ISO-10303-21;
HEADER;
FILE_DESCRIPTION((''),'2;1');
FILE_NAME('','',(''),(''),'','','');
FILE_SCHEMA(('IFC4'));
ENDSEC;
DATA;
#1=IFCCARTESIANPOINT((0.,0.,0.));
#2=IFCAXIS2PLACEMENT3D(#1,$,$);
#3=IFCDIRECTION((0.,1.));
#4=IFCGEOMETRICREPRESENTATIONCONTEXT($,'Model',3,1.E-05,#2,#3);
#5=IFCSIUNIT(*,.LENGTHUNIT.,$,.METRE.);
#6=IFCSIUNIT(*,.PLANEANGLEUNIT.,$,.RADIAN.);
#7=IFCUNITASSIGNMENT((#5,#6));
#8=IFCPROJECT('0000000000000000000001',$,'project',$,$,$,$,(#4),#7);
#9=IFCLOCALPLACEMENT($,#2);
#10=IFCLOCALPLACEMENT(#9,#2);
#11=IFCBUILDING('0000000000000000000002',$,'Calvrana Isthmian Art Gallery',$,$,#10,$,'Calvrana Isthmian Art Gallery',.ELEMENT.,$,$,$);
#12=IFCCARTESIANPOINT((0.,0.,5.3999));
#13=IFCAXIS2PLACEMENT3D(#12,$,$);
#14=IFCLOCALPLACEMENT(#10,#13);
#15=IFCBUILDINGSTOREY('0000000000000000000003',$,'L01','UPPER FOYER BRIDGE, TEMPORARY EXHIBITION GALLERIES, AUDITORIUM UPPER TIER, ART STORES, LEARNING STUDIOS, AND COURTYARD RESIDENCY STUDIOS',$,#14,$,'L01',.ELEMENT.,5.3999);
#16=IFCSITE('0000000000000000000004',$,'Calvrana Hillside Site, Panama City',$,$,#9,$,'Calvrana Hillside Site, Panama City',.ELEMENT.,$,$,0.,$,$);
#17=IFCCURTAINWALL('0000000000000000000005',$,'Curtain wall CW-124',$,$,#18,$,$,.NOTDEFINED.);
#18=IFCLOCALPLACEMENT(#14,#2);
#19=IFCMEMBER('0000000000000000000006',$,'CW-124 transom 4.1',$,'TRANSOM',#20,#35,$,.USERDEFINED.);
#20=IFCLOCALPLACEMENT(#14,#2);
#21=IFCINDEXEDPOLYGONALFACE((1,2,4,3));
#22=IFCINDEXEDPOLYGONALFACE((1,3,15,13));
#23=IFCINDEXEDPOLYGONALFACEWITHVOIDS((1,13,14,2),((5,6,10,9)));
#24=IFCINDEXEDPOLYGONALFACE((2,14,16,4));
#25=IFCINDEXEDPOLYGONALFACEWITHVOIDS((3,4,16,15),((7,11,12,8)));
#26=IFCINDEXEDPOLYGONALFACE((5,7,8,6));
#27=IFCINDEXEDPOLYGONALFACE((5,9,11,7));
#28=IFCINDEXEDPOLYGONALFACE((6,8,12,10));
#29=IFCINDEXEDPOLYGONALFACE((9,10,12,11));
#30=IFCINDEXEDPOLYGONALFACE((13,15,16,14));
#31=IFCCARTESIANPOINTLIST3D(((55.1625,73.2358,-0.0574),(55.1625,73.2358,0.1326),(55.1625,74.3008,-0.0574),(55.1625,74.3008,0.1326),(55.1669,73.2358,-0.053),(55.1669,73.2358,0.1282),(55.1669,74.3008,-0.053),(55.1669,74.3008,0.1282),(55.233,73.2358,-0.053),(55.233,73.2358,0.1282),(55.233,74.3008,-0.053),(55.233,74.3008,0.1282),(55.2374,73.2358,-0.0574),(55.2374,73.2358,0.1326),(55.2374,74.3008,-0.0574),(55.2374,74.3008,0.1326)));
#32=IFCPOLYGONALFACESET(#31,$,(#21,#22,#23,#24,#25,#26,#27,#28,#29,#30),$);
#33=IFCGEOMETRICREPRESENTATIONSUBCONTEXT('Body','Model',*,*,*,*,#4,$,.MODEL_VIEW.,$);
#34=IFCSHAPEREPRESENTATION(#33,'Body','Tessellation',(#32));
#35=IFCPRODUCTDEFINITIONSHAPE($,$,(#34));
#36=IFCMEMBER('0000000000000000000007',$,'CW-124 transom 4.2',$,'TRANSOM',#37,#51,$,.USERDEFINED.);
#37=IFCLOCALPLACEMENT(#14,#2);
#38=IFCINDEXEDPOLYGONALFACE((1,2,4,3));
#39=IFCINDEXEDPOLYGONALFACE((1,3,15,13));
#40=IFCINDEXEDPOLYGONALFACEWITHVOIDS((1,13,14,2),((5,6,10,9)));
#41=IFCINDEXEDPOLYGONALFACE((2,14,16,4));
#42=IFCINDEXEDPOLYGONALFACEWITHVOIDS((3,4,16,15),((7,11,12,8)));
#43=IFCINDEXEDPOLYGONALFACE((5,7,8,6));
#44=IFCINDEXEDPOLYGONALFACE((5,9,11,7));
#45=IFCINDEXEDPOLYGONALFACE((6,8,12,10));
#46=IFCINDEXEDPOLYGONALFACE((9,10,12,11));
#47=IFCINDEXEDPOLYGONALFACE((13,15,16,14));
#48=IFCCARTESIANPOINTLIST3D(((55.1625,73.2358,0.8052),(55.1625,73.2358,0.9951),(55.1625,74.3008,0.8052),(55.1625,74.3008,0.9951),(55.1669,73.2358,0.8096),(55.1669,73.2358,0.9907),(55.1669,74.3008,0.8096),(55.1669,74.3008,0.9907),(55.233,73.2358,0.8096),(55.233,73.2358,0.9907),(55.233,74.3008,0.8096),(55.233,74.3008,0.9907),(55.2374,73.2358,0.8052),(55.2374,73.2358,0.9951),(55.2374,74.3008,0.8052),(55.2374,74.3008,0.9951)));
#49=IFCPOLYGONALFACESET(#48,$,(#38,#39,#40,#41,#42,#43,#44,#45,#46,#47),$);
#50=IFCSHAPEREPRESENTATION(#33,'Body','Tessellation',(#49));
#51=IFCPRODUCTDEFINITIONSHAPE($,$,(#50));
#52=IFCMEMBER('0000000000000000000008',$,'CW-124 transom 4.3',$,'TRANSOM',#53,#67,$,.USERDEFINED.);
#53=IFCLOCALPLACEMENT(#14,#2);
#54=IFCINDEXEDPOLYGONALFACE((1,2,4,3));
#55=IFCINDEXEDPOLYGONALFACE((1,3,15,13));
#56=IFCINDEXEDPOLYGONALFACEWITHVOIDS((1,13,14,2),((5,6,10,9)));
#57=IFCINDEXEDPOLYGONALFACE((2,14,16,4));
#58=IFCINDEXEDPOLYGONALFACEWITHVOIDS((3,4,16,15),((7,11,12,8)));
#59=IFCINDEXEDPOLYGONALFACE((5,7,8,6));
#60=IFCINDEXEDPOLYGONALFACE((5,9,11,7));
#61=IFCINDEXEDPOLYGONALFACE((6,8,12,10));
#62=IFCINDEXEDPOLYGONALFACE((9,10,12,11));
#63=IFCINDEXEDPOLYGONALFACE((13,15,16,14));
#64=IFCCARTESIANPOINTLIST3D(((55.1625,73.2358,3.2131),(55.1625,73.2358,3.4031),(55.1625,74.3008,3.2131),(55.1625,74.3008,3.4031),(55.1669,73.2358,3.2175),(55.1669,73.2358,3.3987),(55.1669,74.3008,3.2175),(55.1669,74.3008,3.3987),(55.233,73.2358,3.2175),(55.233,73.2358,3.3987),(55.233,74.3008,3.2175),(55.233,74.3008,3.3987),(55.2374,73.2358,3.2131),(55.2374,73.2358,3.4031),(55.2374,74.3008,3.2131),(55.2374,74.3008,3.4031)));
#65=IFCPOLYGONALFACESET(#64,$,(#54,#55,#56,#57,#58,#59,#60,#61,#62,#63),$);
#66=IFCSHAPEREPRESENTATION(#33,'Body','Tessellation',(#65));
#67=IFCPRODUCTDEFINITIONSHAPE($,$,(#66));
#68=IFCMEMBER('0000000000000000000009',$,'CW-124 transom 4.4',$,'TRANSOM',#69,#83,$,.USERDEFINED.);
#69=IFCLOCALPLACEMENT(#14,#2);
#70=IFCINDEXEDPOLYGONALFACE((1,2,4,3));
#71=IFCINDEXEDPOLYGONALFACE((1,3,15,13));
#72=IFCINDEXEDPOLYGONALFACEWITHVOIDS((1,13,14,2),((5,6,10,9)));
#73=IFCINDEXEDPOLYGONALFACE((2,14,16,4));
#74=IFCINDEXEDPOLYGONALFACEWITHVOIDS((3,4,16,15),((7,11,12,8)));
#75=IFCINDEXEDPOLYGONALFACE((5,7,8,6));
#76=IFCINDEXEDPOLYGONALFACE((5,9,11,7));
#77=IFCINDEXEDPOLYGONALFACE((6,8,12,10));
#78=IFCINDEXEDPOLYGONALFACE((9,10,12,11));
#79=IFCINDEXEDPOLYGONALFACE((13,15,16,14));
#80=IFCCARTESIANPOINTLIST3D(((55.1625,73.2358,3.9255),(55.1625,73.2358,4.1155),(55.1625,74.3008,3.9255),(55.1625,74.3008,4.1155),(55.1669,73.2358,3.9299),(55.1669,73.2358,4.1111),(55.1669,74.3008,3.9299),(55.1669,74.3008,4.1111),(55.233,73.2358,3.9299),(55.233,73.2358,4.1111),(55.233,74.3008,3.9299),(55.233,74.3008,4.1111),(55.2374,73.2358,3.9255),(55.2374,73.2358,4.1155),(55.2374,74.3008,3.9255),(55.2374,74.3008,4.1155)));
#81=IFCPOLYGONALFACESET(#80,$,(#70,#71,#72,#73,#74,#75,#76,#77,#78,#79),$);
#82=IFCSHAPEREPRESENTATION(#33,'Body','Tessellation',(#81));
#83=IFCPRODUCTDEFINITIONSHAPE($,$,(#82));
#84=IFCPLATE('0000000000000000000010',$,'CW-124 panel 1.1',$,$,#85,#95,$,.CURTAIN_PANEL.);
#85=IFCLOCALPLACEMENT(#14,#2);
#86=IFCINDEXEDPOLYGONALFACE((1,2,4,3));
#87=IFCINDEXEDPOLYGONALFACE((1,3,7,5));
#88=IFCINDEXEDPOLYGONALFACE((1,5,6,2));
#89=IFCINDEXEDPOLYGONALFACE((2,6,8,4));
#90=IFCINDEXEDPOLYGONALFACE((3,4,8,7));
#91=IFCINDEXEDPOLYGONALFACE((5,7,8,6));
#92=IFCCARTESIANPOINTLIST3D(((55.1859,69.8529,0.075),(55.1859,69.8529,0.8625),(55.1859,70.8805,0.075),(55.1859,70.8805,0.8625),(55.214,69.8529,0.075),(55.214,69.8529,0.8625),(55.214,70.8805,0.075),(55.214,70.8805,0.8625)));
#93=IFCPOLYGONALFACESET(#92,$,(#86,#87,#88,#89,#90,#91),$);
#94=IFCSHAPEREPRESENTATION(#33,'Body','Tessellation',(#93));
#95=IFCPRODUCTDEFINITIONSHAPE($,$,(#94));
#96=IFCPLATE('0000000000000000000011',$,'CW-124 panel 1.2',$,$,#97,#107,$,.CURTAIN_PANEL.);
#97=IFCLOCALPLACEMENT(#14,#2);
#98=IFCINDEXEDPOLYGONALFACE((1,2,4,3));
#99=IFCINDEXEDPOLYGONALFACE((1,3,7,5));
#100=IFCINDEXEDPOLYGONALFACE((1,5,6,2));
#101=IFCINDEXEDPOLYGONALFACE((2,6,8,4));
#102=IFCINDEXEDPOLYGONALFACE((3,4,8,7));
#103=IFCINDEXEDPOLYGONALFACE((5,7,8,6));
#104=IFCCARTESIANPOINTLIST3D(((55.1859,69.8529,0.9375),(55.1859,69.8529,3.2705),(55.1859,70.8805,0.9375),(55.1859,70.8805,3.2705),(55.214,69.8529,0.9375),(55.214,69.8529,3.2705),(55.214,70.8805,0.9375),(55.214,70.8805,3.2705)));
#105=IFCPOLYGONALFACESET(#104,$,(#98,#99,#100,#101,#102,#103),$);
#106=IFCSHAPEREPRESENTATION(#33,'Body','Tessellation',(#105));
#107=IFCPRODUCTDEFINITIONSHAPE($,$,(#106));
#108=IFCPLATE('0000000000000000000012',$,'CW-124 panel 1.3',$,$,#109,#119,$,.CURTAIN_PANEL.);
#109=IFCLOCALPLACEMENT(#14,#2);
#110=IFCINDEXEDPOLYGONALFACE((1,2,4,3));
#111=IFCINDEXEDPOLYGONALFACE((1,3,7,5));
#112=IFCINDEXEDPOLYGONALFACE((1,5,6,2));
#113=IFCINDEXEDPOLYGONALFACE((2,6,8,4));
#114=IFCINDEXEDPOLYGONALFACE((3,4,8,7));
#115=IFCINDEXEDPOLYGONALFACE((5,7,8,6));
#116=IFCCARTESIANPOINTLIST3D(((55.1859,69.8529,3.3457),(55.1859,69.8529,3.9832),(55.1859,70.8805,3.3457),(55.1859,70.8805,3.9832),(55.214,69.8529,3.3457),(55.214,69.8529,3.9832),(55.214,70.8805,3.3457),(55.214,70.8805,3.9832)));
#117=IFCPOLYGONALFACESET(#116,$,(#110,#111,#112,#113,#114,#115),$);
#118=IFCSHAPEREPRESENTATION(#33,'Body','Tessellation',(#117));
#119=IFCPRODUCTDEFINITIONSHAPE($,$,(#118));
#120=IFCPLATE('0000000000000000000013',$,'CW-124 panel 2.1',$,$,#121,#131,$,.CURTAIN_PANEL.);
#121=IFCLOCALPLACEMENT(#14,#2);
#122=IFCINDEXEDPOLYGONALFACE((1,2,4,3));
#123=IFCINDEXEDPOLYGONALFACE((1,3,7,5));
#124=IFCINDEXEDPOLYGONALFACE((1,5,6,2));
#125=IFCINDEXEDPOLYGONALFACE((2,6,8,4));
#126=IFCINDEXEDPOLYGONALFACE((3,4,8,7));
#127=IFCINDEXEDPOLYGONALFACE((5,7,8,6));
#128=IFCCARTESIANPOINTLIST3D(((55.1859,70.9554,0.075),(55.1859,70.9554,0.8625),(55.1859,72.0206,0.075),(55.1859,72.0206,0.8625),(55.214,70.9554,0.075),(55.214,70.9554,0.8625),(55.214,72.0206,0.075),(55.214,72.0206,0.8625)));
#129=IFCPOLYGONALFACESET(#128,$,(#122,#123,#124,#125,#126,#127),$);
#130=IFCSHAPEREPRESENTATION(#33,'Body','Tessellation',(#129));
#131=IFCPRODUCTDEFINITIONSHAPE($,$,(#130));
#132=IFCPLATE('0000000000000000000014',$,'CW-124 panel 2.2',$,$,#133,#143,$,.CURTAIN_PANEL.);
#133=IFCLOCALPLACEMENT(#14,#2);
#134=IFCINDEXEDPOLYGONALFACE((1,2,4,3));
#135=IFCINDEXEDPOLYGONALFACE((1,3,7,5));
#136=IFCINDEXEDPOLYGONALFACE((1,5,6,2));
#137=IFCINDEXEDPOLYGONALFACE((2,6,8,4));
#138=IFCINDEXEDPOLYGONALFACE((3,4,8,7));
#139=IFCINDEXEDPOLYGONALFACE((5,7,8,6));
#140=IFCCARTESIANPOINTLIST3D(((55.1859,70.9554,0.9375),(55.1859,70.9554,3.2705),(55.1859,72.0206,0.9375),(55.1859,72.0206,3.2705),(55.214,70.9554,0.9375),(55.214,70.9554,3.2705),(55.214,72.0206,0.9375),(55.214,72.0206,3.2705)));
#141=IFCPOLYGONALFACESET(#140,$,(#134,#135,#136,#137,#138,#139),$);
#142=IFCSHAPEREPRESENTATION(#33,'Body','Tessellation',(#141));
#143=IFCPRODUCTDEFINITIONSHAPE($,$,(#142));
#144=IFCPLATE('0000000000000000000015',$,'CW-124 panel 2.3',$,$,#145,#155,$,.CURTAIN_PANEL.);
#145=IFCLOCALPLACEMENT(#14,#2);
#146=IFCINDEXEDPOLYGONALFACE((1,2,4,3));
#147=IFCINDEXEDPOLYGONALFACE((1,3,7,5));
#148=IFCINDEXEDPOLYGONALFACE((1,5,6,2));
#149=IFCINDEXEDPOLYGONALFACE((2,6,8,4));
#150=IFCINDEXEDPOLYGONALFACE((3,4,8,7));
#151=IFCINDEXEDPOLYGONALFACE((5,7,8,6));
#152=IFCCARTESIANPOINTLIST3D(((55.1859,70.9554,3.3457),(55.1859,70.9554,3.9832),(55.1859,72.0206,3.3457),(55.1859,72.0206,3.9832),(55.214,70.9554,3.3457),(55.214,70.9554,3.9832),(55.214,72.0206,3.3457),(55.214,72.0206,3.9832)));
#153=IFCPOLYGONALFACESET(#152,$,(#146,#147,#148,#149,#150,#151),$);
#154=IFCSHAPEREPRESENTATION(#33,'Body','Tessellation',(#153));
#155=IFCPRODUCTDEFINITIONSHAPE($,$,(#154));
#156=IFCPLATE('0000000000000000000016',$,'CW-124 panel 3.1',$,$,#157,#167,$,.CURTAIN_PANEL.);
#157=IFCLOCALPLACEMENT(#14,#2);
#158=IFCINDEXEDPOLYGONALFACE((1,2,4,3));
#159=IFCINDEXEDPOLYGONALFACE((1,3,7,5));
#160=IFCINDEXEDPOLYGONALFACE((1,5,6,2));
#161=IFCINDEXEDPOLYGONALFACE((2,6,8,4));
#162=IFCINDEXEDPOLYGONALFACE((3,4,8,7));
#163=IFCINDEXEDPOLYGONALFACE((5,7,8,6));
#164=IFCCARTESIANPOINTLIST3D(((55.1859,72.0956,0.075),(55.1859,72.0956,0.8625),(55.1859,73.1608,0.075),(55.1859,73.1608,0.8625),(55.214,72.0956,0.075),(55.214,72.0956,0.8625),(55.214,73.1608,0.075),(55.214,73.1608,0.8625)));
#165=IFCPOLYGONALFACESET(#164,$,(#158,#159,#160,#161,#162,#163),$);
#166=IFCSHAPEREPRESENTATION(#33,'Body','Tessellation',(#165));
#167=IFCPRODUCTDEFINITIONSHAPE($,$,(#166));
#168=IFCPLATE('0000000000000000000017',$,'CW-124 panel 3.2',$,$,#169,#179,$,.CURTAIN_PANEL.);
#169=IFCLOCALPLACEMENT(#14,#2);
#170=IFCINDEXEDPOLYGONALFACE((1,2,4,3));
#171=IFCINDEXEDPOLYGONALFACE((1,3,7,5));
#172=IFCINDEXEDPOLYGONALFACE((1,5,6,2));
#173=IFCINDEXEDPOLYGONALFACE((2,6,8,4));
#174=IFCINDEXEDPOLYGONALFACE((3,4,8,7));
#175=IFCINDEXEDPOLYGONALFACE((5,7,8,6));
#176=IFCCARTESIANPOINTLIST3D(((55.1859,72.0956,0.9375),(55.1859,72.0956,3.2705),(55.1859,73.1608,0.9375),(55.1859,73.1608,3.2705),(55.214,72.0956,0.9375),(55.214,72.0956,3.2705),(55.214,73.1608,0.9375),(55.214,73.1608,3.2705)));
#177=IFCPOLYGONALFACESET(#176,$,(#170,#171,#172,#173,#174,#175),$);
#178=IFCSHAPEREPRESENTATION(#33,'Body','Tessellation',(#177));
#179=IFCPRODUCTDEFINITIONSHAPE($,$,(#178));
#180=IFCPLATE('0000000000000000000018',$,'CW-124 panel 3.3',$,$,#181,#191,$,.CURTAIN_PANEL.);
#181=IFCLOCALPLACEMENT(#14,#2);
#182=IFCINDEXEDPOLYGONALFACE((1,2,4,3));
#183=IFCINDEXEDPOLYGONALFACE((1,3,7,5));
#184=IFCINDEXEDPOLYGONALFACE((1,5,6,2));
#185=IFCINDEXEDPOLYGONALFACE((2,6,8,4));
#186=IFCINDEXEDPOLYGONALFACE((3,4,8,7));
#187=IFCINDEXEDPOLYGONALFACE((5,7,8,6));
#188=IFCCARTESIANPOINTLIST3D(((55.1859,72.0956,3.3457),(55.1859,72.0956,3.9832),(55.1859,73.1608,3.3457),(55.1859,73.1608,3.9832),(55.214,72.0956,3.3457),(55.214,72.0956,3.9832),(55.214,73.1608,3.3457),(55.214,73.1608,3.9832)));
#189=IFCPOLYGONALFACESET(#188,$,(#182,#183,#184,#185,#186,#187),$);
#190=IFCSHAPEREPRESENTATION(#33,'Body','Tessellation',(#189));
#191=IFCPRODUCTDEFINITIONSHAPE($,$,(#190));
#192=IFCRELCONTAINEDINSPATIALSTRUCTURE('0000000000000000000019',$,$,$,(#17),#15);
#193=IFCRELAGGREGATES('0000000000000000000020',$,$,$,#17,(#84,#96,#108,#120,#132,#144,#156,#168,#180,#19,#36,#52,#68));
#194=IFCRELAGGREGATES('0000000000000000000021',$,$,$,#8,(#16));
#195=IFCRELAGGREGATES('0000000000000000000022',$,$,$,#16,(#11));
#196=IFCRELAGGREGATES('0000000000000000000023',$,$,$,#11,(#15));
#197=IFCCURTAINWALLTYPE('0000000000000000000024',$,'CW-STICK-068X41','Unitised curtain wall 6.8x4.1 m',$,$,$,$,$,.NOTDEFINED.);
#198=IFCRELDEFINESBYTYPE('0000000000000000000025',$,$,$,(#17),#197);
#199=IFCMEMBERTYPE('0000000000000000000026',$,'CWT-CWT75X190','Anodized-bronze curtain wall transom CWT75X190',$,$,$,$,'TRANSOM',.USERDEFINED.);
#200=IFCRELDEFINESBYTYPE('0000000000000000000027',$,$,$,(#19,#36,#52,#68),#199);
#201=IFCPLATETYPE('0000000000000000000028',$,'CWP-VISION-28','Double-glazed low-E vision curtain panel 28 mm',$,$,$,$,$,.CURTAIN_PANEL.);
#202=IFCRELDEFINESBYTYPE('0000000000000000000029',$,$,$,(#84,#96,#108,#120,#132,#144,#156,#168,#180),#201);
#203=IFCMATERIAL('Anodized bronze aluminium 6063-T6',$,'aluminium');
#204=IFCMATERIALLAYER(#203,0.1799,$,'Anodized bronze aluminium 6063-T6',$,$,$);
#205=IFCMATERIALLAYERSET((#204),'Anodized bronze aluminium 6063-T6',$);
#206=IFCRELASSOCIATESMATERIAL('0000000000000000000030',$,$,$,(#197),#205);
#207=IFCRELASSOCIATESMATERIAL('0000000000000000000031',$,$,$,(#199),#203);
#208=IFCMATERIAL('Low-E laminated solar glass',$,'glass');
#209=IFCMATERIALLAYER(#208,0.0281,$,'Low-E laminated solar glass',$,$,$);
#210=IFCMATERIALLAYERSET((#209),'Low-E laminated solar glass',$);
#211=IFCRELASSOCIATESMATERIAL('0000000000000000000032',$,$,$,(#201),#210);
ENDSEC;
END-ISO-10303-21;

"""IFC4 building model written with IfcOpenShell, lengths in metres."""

from ifc_helpers import new_model, si_unit, direction, frame, origin, origin_2d, place, context, subcontext, project, spatial, rectangle, hollow_rectangle, extrude, material, layer, layer_set, material_profile, profile_set, type_object, element, aggregate, save


model = new_model("IFC4")

# Units and contexts
model_context = context("Model", 3, precision=1e-05, world=origin(), true_north=direction((0.0, 1.0)))
body_context = subcontext(model_context, "Body", "Model", "MODEL_VIEW")
ifc_project = project(units=[si_unit("LENGTHUNIT", "METRE"), si_unit("PLANEANGLEUNIT", "RADIAN")], contexts=[model_context])

# Site, building, storey
site_placement = place(None, origin())
site = spatial("IfcSite", under=ifc_project, at=site_placement, Name="Calvrana Hillside Site, Panama City", LongName="Calvrana Hillside Site, Panama City", CompositionType="ELEMENT", RefElevation=0.0)
building_placement = place(site_placement, origin())
building = spatial("IfcBuilding", under=site, at=building_placement, Name="Calvrana Isthmian Art Gallery", LongName="Calvrana Isthmian Art Gallery", CompositionType="ELEMENT")
storey_placement = place(building_placement, frame((0.0, 0.0, 5.3999)))
storey = spatial("IfcBuildingStorey", under=building, at=storey_placement, Name="L01", Description="UPPER FOYER BRIDGE, TEMPORARY EXHIBITION GALLERIES, AUDITORIUM UPPER TIER, ART STORES, LEARNING STUDIOS, AND COURTYARD RESIDENCY STUDIOS", LongName="L01", CompositionType="ELEMENT", Elevation=5.3999)

# Curtain wall, members, plates
ifc_material_1 = material(Name="Anodized bronze aluminium 6063-T6", Category="aluminium")
ifc_layer_1 = layer(ifc_material_1, 0.1799, Name="Anodized bronze aluminium 6063-T6")
ifc_layer_set_1 = layer_set([ifc_layer_1], Name="Anodized bronze aluminium 6063-T6")
curtain_wall_type = type_object("IfcCurtainWallType", Name="CW-STICK-068X41", Description="Unitised curtain wall 6.8x4.1 m", PredefinedType="NOTDEFINED", material=ifc_layer_set_1)
curtain_wall_placement = place(storey_placement, origin())
curtain_wall = element("IfcCurtainWall", 1, at=curtain_wall_placement, inside=storey, type_object=curtain_wall_type, Name="Curtain wall CW-124", PredefinedType="NOTDEFINED")
ifc_material_profile_1 = material_profile(ifc_material_1, hollow_rectangle(XDim=0.075, YDim=0.1899, WallThickness=0.0044, at=origin_2d()), Name="CWT75X190")
ifc_profile_set_1 = profile_set([ifc_material_profile_1], Name="Anodized bronze aluminium 6063-T6")
member_type_1 = type_object("IfcMemberType", Name="CWT-CWT75X190", Description="Anodized-bronze curtain wall transom CWT75X190", ElementType="TRANSOM", PredefinedType="USERDEFINED", material=ifc_profile_set_1)
member_1_placement = place(storey_placement, frame((55.2, 73.2358, 0.0376), z_axis=(0.0, 1.0, 0.0), x_axis=(-1.0, 0.0, 0.0)))
member_1 = element("IfcMember", 2, at=member_1_placement, type_object=member_type_1, Name="CW-124 transom 4.1", ObjectType="TRANSOM", PredefinedType="USERDEFINED", context=body_context, shape_type="SweptSolid", body=[
    extrude(hollow_rectangle(XDim=0.075, YDim=0.1899, WallThickness=0.0044, at=origin_2d()), origin(), (0.0, 0.0, 1.0), 1.0649),
])
member_2_placement = place(storey_placement, frame((55.2, 73.2358, 0.9001), z_axis=(0.0, 1.0, 0.0), x_axis=(-1.0, 0.0, 0.0)))
member_2 = element("IfcMember", 3, at=member_2_placement, type_object=member_type_1, Name="CW-124 transom 4.2", ObjectType="TRANSOM", PredefinedType="USERDEFINED", context=body_context, shape_type="SweptSolid", body=[
    extrude(hollow_rectangle(XDim=0.075, YDim=0.1899, WallThickness=0.0044, at=origin_2d()), origin(), (0.0, 0.0, 1.0), 1.0649),
])
member_3_placement = place(storey_placement, frame((55.2, 73.2358, 3.3081), z_axis=(0.0, 1.0, 0.0), x_axis=(-1.0, 0.0, 0.0)))
member_3 = element("IfcMember", 4, at=member_3_placement, type_object=member_type_1, Name="CW-124 transom 4.3", ObjectType="TRANSOM", PredefinedType="USERDEFINED", context=body_context, shape_type="SweptSolid", body=[
    extrude(hollow_rectangle(XDim=0.075, YDim=0.1899, WallThickness=0.0044, at=origin_2d()), origin(), (0.0, 0.0, 1.0), 1.0649),
])
member_4_placement = place(storey_placement, frame((55.2, 73.2358, 4.0205), z_axis=(0.0, 1.0, 0.0), x_axis=(-1.0, 0.0, 0.0)))
member_4 = element("IfcMember", 5, at=member_4_placement, type_object=member_type_1, Name="CW-124 transom 4.4", ObjectType="TRANSOM", PredefinedType="USERDEFINED", context=body_context, shape_type="SweptSolid", body=[
    extrude(hollow_rectangle(XDim=0.075, YDim=0.1899, WallThickness=0.0044, at=origin_2d()), origin(), (0.0, 0.0, 1.0), 1.0649),
])
ifc_material_2 = material(Name="Low-E laminated solar glass", Category="glass")
ifc_layer_2 = layer(ifc_material_2, 0.0281, Name="Low-E laminated solar glass")
ifc_layer_set_2 = layer_set([ifc_layer_2], Name="Low-E laminated solar glass")
plate_type = type_object("IfcPlateType", Name="CWP-VISION-28", Description="Double-glazed low-E vision curtain panel 28 mm", PredefinedType="CURTAIN_PANEL", material=ifc_layer_set_2)
plate_1_placement = place(storey_placement, frame((55.2, 70.3667, 0.075), z_axis=(0.0, 0.0, 1.0), x_axis=(0.0, 1.0, 0.0)))
plate_1 = element("IfcPlate", 6, at=plate_1_placement, type_object=plate_type, Name="CW-124 panel 1.1", PredefinedType="CURTAIN_PANEL", context=body_context, shape_type="SweptSolid", body=[
    extrude(rectangle(XDim=1.0276, YDim=0.0281, at=origin_2d()), origin(), (0.0, 0.0, 1.0), 0.7876),
])
plate_2_placement = place(storey_placement, frame((55.2, 70.3667, 0.9375), z_axis=(0.0, 0.0, 1.0), x_axis=(0.0, 1.0, 0.0)))
plate_2 = element("IfcPlate", 7, at=plate_2_placement, type_object=plate_type, Name="CW-124 panel 1.2", PredefinedType="CURTAIN_PANEL", context=body_context, shape_type="SweptSolid", body=[
    extrude(rectangle(XDim=1.0276, YDim=0.0281, at=origin_2d()), origin(), (0.0, 0.0, 1.0), 2.333),
])
plate_3_placement = place(storey_placement, frame((55.2, 70.3667, 3.3457), z_axis=(0.0, 0.0, 1.0), x_axis=(0.0, 1.0, 0.0)))
plate_3 = element("IfcPlate", 8, at=plate_3_placement, type_object=plate_type, Name="CW-124 panel 1.3", PredefinedType="CURTAIN_PANEL", context=body_context, shape_type="SweptSolid", body=[
    extrude(rectangle(XDim=1.0276, YDim=0.0281, at=origin_2d()), origin(), (0.0, 0.0, 1.0), 0.6375),
])
plate_4_placement = place(storey_placement, frame((55.2, 71.488, 0.075), z_axis=(0.0, 0.0, 1.0), x_axis=(0.0, 1.0, 0.0)))
plate_4 = element("IfcPlate", 9, at=plate_4_placement, type_object=plate_type, Name="CW-124 panel 2.1", PredefinedType="CURTAIN_PANEL", context=body_context, shape_type="SweptSolid", body=[
    extrude(rectangle(XDim=1.0652, YDim=0.0281, at=origin_2d()), origin(), (0.0, 0.0, 1.0), 0.7876),
])
plate_5_placement = place(storey_placement, frame((55.2, 71.488, 0.9375), z_axis=(0.0, 0.0, 1.0), x_axis=(0.0, 1.0, 0.0)))
plate_5 = element("IfcPlate", 10, at=plate_5_placement, type_object=plate_type, Name="CW-124 panel 2.2", PredefinedType="CURTAIN_PANEL", context=body_context, shape_type="SweptSolid", body=[
    extrude(rectangle(XDim=1.0652, YDim=0.0281, at=origin_2d()), origin(), (0.0, 0.0, 1.0), 2.333),
])
plate_6_placement = place(storey_placement, frame((55.2, 71.488, 3.3457), z_axis=(0.0, 0.0, 1.0), x_axis=(0.0, 1.0, 0.0)))
plate_6 = element("IfcPlate", 11, at=plate_6_placement, type_object=plate_type, Name="CW-124 panel 2.3", PredefinedType="CURTAIN_PANEL", context=body_context, shape_type="SweptSolid", body=[
    extrude(rectangle(XDim=1.0652, YDim=0.0281, at=origin_2d()), origin(), (0.0, 0.0, 1.0), 0.6375),
])
plate_7_placement = place(storey_placement, frame((55.2, 72.6282, 0.075), z_axis=(0.0, 0.0, 1.0), x_axis=(0.0, 1.0, 0.0)))
plate_7 = element("IfcPlate", 12, at=plate_7_placement, type_object=plate_type, Name="CW-124 panel 3.1", PredefinedType="CURTAIN_PANEL", context=body_context, shape_type="SweptSolid", body=[
    extrude(rectangle(XDim=1.0652, YDim=0.0281, at=origin_2d()), origin(), (0.0, 0.0, 1.0), 0.7876),
])
plate_8_placement = place(storey_placement, frame((55.2, 72.6282, 0.9375), z_axis=(0.0, 0.0, 1.0), x_axis=(0.0, 1.0, 0.0)))
plate_8 = element("IfcPlate", 13, at=plate_8_placement, type_object=plate_type, Name="CW-124 panel 3.2", PredefinedType="CURTAIN_PANEL", context=body_context, shape_type="SweptSolid", body=[
    extrude(rectangle(XDim=1.0652, YDim=0.0281, at=origin_2d()), origin(), (0.0, 0.0, 1.0), 2.333),
])
plate_9_placement = place(storey_placement, frame((55.2, 72.6282, 3.3457), z_axis=(0.0, 0.0, 1.0), x_axis=(0.0, 1.0, 0.0)))
plate_9 = element("IfcPlate", 14, at=plate_9_placement, type_object=plate_type, Name="CW-124 panel 3.3", PredefinedType="CURTAIN_PANEL", context=body_context, shape_type="SweptSolid", body=[
    extrude(rectangle(XDim=1.0652, YDim=0.0281, at=origin_2d()), origin(), (0.0, 0.0, 1.0), 0.6375),
])
aggregate(curtain_wall, [plate_1, plate_2, plate_3, plate_4, plate_5, plate_6, plate_7, plate_8, plate_9, member_1, member_2, member_3, member_4])

save(model, "model.ifc")
